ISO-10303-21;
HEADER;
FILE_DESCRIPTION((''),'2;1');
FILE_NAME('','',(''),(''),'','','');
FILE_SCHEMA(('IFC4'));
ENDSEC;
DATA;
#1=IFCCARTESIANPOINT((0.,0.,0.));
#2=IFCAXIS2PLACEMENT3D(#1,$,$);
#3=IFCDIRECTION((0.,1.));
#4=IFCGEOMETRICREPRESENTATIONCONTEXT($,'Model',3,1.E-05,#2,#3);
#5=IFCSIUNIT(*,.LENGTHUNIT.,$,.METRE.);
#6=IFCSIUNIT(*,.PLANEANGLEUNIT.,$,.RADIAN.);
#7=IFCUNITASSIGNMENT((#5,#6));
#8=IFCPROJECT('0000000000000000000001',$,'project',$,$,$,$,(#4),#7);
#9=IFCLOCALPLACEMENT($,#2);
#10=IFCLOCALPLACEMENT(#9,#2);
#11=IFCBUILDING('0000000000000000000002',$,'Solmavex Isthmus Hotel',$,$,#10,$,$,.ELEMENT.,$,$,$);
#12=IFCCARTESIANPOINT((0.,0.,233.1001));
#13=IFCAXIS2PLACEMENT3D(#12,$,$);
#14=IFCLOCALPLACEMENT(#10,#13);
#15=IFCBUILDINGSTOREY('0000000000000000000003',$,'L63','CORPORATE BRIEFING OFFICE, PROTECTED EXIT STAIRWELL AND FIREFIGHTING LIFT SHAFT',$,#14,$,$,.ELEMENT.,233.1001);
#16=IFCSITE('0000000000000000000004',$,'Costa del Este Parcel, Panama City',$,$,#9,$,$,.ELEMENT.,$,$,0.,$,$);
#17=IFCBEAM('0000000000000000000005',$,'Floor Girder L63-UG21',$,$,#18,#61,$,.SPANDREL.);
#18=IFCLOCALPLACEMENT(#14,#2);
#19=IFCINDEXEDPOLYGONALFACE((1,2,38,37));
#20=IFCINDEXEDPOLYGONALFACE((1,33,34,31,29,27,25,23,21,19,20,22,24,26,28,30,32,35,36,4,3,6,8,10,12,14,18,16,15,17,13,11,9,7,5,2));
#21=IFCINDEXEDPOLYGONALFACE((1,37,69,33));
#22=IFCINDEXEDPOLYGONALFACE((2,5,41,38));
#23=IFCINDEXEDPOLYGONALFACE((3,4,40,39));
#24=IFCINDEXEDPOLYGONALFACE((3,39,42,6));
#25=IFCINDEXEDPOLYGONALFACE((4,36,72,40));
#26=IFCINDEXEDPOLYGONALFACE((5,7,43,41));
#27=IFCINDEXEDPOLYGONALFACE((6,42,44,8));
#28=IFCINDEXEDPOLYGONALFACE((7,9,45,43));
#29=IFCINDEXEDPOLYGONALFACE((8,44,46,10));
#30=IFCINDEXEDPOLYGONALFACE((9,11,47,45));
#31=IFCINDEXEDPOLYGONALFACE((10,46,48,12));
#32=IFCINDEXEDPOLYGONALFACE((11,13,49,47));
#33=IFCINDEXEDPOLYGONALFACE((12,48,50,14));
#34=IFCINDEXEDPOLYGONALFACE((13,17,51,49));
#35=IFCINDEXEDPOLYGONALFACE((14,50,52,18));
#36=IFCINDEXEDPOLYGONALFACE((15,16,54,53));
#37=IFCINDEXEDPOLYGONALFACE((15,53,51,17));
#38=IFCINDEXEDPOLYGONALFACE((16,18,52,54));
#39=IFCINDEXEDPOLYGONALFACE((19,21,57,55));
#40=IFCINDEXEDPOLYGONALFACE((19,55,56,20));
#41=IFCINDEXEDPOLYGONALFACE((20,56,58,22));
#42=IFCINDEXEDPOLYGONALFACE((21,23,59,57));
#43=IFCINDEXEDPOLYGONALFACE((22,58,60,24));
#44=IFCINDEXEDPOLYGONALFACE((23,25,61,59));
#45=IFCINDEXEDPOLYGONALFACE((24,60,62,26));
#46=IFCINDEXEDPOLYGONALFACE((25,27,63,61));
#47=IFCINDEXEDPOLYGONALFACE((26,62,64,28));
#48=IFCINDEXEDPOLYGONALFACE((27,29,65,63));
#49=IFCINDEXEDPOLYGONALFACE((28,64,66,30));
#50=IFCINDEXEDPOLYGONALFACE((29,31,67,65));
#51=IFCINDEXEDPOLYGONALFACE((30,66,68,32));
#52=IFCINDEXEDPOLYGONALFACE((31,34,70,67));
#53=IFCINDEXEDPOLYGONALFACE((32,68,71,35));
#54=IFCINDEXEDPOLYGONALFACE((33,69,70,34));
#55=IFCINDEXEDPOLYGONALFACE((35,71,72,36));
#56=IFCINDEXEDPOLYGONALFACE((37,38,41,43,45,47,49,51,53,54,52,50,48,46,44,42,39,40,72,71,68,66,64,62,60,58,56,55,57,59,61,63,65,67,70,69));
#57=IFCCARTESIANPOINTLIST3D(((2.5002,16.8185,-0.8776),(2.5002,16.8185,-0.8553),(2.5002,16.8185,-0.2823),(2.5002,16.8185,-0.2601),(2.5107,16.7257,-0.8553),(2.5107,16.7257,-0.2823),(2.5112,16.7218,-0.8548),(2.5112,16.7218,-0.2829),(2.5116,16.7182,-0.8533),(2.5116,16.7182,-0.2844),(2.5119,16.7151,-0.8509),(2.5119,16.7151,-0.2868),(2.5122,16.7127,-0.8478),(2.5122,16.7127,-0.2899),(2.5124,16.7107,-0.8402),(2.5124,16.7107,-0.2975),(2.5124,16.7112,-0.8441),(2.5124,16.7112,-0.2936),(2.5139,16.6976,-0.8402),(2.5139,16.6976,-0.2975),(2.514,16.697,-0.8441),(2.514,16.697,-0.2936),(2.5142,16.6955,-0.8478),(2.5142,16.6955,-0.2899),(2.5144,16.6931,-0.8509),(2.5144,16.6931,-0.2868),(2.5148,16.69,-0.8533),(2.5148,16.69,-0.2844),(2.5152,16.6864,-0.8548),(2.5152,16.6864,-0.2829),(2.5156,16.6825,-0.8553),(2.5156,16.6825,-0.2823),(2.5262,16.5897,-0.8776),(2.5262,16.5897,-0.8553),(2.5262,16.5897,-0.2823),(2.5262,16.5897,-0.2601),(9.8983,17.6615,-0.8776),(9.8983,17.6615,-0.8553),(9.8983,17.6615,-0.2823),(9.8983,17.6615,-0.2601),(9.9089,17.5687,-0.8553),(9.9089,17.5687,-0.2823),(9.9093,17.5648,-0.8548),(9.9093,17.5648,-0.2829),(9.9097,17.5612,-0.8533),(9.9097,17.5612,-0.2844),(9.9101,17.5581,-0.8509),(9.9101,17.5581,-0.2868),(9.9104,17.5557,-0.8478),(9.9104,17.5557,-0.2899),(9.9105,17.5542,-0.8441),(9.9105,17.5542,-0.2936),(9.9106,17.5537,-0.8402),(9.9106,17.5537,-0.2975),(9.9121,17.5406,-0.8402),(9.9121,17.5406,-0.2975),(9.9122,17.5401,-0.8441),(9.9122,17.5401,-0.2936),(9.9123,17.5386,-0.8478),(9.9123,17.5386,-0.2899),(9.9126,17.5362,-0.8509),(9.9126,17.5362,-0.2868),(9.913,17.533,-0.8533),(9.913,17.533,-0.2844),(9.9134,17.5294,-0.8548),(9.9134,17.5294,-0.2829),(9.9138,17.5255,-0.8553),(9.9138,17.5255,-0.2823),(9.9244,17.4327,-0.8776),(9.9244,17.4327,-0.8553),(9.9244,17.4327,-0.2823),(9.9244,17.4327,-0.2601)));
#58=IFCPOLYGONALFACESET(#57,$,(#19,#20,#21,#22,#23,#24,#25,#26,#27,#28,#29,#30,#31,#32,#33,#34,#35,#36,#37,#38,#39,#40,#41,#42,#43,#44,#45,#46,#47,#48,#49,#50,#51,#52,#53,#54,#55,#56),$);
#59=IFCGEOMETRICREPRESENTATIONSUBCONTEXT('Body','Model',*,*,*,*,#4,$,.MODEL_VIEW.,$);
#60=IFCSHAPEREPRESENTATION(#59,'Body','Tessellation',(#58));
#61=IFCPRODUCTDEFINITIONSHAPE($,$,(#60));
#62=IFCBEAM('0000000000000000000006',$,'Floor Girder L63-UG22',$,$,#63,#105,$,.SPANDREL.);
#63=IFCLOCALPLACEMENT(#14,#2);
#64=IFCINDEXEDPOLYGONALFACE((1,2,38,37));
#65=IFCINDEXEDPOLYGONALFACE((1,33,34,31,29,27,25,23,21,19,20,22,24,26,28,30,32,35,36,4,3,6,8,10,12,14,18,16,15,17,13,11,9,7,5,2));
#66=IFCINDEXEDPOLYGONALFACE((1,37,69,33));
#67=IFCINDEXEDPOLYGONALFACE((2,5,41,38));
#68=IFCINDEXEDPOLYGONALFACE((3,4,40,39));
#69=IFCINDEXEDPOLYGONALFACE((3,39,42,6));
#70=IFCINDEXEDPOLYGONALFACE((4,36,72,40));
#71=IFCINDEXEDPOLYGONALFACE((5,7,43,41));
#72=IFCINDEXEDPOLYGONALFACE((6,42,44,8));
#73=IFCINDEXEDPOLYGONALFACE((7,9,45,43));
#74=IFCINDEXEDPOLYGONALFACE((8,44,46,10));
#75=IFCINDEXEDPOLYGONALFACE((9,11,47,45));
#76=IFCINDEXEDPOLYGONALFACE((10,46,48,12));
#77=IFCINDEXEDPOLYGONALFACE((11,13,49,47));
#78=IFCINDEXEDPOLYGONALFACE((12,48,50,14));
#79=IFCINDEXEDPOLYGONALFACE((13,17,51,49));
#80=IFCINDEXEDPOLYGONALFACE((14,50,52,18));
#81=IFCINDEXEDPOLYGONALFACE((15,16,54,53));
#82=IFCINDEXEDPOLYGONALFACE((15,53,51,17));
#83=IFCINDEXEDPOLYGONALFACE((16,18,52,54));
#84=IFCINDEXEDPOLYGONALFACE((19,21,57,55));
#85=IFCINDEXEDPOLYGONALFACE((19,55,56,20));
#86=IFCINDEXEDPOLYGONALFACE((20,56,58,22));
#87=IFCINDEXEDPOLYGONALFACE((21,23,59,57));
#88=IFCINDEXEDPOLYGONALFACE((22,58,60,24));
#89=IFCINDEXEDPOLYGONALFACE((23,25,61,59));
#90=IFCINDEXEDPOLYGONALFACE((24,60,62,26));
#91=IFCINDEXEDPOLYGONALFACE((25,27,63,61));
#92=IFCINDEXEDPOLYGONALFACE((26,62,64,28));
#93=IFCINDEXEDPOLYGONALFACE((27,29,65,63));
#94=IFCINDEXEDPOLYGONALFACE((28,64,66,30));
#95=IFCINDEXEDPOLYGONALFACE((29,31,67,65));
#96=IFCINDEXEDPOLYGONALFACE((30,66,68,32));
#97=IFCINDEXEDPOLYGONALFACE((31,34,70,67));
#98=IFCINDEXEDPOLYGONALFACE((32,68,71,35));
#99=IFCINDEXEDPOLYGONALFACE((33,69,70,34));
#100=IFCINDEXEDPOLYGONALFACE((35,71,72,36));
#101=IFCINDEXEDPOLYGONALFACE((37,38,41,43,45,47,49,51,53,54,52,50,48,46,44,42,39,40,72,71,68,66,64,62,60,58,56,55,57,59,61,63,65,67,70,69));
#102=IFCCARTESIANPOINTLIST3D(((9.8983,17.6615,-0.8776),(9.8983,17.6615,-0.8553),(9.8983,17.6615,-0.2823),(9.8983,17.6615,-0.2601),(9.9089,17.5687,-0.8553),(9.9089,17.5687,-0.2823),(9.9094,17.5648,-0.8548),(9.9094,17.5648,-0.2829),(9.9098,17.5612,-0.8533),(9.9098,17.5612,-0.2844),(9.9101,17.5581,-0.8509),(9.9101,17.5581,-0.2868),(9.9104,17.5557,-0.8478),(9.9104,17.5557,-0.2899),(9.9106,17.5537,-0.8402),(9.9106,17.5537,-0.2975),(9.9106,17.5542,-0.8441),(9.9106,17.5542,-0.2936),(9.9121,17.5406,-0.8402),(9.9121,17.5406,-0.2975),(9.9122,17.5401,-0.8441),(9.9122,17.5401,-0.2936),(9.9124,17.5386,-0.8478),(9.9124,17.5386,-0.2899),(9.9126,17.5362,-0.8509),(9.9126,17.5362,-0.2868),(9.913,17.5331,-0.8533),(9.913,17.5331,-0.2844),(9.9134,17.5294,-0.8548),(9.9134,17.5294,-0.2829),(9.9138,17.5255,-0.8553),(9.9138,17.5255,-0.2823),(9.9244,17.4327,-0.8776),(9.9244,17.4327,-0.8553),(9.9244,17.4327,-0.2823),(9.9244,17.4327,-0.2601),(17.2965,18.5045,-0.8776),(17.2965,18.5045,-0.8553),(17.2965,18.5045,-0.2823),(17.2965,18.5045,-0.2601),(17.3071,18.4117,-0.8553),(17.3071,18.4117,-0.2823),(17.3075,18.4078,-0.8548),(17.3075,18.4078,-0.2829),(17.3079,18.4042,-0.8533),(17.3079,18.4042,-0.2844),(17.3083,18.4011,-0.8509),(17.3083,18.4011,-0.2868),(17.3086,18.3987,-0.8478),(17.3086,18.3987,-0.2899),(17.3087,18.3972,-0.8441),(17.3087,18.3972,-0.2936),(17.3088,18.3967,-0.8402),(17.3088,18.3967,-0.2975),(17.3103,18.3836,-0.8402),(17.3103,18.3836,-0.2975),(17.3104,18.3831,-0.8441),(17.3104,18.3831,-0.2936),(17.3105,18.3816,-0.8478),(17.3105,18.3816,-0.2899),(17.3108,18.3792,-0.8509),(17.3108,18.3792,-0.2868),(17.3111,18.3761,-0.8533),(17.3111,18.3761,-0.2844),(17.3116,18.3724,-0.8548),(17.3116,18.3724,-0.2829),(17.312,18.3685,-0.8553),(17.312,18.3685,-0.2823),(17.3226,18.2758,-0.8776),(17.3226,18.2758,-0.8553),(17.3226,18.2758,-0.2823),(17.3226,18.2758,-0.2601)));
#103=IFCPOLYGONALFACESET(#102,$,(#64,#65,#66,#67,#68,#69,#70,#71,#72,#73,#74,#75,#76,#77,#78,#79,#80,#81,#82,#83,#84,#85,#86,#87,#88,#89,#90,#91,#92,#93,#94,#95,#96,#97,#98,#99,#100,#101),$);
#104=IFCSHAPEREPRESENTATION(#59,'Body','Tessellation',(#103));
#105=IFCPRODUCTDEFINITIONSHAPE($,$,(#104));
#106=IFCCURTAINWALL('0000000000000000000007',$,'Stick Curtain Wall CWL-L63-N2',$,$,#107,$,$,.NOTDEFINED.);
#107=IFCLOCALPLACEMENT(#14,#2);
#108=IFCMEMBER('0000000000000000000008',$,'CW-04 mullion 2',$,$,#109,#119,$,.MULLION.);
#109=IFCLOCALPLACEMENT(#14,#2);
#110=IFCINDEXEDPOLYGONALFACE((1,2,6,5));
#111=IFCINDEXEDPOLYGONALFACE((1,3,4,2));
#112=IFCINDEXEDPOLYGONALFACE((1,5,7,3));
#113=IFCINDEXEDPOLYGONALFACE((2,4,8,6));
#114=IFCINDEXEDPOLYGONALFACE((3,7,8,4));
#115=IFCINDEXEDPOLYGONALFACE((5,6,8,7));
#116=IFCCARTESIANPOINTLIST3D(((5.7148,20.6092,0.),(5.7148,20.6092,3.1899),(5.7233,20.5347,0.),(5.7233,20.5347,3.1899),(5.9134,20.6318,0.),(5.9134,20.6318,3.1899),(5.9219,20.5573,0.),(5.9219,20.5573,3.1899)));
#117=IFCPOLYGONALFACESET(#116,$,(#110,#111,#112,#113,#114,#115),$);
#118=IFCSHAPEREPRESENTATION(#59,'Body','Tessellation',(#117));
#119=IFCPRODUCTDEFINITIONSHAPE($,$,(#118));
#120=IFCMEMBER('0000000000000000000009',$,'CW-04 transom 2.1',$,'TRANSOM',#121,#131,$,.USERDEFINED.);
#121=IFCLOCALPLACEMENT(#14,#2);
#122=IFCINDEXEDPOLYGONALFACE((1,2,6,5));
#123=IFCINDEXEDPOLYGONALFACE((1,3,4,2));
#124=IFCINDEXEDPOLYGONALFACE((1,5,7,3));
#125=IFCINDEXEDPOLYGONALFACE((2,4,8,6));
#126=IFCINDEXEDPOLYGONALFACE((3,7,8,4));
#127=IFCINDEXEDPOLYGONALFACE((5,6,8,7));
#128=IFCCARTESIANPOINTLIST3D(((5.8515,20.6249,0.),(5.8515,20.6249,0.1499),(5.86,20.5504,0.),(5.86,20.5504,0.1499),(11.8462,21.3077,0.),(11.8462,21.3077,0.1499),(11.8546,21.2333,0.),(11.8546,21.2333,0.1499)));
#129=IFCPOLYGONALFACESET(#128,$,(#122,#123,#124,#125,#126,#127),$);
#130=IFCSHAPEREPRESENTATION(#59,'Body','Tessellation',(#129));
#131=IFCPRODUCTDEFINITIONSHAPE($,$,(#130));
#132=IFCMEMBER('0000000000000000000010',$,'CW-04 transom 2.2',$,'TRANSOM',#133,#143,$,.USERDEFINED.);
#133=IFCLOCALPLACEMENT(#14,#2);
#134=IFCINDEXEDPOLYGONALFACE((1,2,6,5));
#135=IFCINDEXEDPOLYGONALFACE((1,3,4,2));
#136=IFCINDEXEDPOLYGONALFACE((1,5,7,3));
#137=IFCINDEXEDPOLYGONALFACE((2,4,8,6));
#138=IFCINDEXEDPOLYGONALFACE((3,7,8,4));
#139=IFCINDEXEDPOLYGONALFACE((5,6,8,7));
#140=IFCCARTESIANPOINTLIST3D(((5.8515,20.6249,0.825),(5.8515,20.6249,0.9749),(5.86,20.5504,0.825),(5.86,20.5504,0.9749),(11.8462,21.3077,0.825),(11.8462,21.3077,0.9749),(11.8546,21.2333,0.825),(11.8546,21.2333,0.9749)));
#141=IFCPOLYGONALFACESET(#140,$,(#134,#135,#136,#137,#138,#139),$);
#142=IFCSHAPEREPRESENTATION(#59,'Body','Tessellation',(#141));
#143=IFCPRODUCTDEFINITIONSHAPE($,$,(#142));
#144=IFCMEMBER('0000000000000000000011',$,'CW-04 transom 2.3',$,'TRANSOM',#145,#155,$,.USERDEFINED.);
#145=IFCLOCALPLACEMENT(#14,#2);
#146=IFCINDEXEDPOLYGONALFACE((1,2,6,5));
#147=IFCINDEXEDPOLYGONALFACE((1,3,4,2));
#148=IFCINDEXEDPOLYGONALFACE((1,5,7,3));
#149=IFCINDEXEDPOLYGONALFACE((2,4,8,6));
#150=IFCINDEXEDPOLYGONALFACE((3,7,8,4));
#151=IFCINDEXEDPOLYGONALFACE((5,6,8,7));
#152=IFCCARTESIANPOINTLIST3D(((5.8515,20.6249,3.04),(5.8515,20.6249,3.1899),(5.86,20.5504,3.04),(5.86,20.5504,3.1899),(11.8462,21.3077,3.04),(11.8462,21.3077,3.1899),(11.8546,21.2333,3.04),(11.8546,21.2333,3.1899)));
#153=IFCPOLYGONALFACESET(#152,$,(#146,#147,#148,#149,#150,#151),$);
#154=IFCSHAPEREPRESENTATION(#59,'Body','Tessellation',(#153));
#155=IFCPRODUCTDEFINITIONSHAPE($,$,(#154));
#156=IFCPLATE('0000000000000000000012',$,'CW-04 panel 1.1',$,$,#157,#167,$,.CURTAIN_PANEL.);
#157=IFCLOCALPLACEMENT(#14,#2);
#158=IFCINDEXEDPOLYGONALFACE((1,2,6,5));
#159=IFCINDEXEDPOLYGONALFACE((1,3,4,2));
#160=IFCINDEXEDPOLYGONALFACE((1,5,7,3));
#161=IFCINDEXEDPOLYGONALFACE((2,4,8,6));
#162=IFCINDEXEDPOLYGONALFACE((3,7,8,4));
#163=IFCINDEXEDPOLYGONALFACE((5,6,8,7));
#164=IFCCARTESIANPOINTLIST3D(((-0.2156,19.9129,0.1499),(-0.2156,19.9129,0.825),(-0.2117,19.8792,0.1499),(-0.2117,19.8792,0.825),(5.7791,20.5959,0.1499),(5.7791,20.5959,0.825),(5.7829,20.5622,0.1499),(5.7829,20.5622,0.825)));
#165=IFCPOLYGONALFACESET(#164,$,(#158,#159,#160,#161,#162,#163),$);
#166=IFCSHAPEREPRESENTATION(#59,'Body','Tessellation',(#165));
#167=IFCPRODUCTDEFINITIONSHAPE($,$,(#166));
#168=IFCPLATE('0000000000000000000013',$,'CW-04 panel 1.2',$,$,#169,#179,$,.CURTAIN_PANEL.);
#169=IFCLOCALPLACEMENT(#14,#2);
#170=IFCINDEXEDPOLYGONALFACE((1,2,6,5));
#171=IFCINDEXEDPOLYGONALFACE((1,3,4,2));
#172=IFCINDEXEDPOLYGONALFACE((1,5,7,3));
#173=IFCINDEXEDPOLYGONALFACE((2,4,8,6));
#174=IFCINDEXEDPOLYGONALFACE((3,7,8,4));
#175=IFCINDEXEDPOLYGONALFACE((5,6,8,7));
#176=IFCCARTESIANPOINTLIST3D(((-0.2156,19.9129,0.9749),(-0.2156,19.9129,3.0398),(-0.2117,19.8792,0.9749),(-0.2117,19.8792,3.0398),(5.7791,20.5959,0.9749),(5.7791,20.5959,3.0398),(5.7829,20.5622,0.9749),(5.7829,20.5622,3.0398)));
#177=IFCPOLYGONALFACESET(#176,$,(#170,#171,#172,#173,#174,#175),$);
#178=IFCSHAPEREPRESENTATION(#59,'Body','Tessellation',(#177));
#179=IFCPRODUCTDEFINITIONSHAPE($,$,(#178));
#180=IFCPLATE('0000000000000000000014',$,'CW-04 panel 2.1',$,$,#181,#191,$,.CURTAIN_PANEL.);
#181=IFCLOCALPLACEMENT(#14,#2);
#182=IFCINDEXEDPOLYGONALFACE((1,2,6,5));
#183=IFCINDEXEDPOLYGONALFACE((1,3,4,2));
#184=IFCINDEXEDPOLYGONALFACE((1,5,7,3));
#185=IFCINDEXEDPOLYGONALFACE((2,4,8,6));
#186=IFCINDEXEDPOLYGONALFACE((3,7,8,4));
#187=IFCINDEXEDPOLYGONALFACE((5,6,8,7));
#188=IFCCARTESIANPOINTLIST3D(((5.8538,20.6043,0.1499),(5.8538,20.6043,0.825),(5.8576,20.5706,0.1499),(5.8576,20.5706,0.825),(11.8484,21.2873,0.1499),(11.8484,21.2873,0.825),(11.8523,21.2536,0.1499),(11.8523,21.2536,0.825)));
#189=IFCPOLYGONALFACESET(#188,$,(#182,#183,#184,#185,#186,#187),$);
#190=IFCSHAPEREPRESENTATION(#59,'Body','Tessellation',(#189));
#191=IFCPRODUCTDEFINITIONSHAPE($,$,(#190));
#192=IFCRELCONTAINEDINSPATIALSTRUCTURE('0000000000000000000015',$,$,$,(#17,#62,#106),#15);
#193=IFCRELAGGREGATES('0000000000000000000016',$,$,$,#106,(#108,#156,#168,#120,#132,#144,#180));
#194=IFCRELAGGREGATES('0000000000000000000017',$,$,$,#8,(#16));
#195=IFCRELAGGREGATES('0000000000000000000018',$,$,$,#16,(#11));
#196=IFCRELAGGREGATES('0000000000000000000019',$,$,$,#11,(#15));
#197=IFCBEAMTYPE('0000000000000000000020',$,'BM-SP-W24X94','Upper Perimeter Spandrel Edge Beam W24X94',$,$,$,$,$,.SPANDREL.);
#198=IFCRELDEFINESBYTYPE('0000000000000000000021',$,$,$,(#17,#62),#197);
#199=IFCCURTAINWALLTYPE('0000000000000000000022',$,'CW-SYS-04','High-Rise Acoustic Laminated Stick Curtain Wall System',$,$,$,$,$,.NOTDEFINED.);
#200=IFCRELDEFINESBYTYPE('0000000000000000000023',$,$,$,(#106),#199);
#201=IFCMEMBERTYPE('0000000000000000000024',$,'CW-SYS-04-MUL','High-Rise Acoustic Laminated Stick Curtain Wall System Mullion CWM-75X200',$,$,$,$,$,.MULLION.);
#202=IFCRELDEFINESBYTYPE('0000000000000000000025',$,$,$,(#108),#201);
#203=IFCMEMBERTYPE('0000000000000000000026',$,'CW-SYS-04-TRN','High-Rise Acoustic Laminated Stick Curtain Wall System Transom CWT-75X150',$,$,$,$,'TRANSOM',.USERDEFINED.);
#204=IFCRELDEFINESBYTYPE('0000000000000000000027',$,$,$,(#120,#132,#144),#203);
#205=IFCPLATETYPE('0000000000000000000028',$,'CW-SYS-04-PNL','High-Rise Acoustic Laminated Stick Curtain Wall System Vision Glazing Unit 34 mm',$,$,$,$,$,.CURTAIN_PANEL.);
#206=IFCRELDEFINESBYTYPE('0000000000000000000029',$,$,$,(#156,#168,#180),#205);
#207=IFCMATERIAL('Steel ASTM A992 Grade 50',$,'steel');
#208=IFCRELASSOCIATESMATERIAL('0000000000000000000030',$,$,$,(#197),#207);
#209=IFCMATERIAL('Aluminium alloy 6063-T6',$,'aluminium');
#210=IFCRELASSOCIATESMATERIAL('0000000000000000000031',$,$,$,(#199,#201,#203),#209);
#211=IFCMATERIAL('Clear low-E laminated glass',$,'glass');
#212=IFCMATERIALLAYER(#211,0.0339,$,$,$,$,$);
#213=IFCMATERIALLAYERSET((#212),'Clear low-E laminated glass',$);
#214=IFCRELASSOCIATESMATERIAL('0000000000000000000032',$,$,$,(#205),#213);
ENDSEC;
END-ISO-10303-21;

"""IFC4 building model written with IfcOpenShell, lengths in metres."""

from ifc_helpers import new_model, si_unit, direction, frame, origin, origin_2d, place, context, subcontext, project, spatial, rectangle, i_section, extrude, material, layer, layer_set, material_profile, profile_set, type_object, element, aggregate, save


model = new_model("IFC4")

# Units and contexts
model_context = context("Model", 3, precision=1e-05, world=origin(), true_north=direction((0.0, 1.0)))
body_context = subcontext(model_context, "Body", "Model", "MODEL_VIEW")
ifc_project = project(units=[si_unit("LENGTHUNIT", "METRE"), si_unit("PLANEANGLEUNIT", "RADIAN")], contexts=[model_context])

# Site, building, storey
site_placement = place(None, origin())
site = spatial("IfcSite", under=ifc_project, at=site_placement, Name="Costa del Este Parcel, Panama City", CompositionType="ELEMENT", RefElevation=0.0)
building_placement = place(site_placement, origin())
building = spatial("IfcBuilding", under=site, at=building_placement, Name="Solmavex Isthmus Hotel", CompositionType="ELEMENT")
storey_placement = place(building_placement, frame((0.0, 0.0, 233.1001)))
storey = spatial("IfcBuildingStorey", under=building, at=storey_placement, Name="L63", Description="CORPORATE BRIEFING OFFICE, PROTECTED EXIT STAIRWELL AND FIREFIGHTING LIFT SHAFT", CompositionType="ELEMENT", Elevation=233.1001)

# Beams
ifc_material_1 = material(Name="Steel ASTM A992 Grade 50", Category="steel")
ifc_material_profile_1 = material_profile(ifc_material_1, i_section(OverallWidth=0.2302, OverallDepth=0.6174, WebThickness=0.0132, FlangeThickness=0.0222, FilletRadius=0.0151, at=origin_2d()), Name="W24X94")
ifc_profile_set_1 = profile_set([ifc_material_profile_1], Name="Steel ASTM A992 Grade 50")
beam_type_1 = type_object("IfcBeamType", Name="BM-SP-W24X94", Description="Upper Perimeter Spandrel Edge Beam W24X94", PredefinedType="SPANDREL", material=ifc_profile_set_1)
for number, where, z_axis, x_axis, name in (
    (1, (2.5132, 16.7041, -0.5688), (0.99357, 0.113216, 0.0), (-0.113216, 0.99357, 0.0), "Floor Girder L63-UG21"),
    (2, (9.9114, 17.5471, -0.5688), (0.99357, 0.113216, 0.0), (-0.113216, 0.99357, 0.0), "Floor Girder L63-UG22"),
):
    element("IfcBeam", number, at=place(storey_placement, frame(where, z_axis=z_axis, x_axis=x_axis)), inside=storey, type_object=beam_type_1, Name=name, PredefinedType="SPANDREL", context=body_context, shape_type="SweptSolid", body=[
        extrude(i_section(OverallWidth=0.2302, OverallDepth=0.6174, WebThickness=0.0132, FlangeThickness=0.0222, FilletRadius=0.0151, at=origin_2d()), origin(), (0.0, 0.0, 1.0), 7.446),
    ])

# Curtain wall, members, plates
ifc_material_2 = material(Name="Aluminium alloy 6063-T6", Category="aluminium")
curtain_wall_type = type_object("IfcCurtainWallType", Name="CW-SYS-04", Description="High-Rise Acoustic Laminated Stick Curtain Wall System", PredefinedType="NOTDEFINED", material=ifc_material_2)
curtain_wall_placement = place(storey_placement, origin())
curtain_wall = element("IfcCurtainWall", 3, at=curtain_wall_placement, inside=storey, type_object=curtain_wall_type, Name="Stick Curtain Wall CWL-L63-N2", PredefinedType="NOTDEFINED")
ifc_material_profile_2 = material_profile(ifc_material_2, rectangle(XDim=0.075, YDim=0.2, at=origin_2d()), Name="CWM-75X200")
ifc_profile_set_2 = profile_set([ifc_material_profile_2], Name="Aluminium alloy 6063-T6")
member_type_1 = type_object("IfcMemberType", Name="CW-SYS-04-MUL", Description="High-Rise Acoustic Laminated Stick Curtain Wall System Mullion CWM-75X200", PredefinedType="MULLION", material=ifc_profile_set_2)
member_1_placement = place(storey_placement, frame((5.8184, 20.5833, 0.0), z_axis=(0.0, 0.0, 1.0), x_axis=(-0.113203, 0.993572, 0.0)))
member_1 = element("IfcMember", 4, at=member_1_placement, type_object=member_type_1, Name="CW-04 mullion 2", PredefinedType="MULLION", context=body_context, shape_type="SweptSolid", body=[
    extrude(rectangle(XDim=0.075, YDim=0.2, at=origin_2d()), origin(), (0.0, 0.0, 1.0), 3.1899),
])
ifc_material_profile_3 = material_profile(ifc_material_2, rectangle(XDim=0.075, YDim=0.1499, at=origin_2d()), Name="CWT-75X150")
ifc_profile_set_3 = profile_set([ifc_material_profile_3], Name="Aluminium alloy 6063-T6")
member_type_2 = type_object("IfcMemberType", Name="CW-SYS-04-TRN", Description="High-Rise Acoustic Laminated Stick Curtain Wall System Transom CWT-75X150", ElementType="TRANSOM", PredefinedType="USERDEFINED", material=ifc_profile_set_3)
member_2_placement = place(storey_placement, frame((5.8557, 20.5876, 0.075), z_axis=(0.993574, 0.11318, 0.0), x_axis=(-0.11318, 0.993574, 0.0)))
member_2 = element("IfcMember", 5, at=member_2_placement, type_object=member_type_2, Name="CW-04 transom 2.1", ObjectType="TRANSOM", PredefinedType="USERDEFINED", context=body_context, shape_type="SweptSolid", body=[
    extrude(rectangle(XDim=0.075, YDim=0.1499, at=origin_2d()), origin(), (0.0, 0.0, 1.0), 6.0334),
])
member_3_placement = place(storey_placement, frame((5.8557, 20.5876, 0.8999), z_axis=(0.993574, 0.11318, 0.0), x_axis=(-0.11318, 0.993574, 0.0)))
member_3 = element("IfcMember", 6, at=member_3_placement, type_object=member_type_2, Name="CW-04 transom 2.2", ObjectType="TRANSOM", PredefinedType="USERDEFINED", context=body_context, shape_type="SweptSolid", body=[
    extrude(rectangle(XDim=0.075, YDim=0.1499, at=origin_2d()), origin(), (0.0, 0.0, 1.0), 6.0334),
])
member_4_placement = place(storey_placement, frame((5.8557, 20.5876, 3.115), z_axis=(0.993574, 0.11318, 0.0), x_axis=(-0.11318, 0.993574, 0.0)))
member_4 = element("IfcMember", 7, at=member_4_placement, type_object=member_type_2, Name="CW-04 transom 2.3", ObjectType="TRANSOM", PredefinedType="USERDEFINED", context=body_context, shape_type="SweptSolid", body=[
    extrude(rectangle(XDim=0.075, YDim=0.1499, at=origin_2d()), origin(), (0.0, 0.0, 1.0), 6.0334),
])
ifc_material_3 = material(Name="Clear low-E laminated glass", Category="glass")
ifc_layer_1 = layer(ifc_material_3, 0.0339)
ifc_layer_set_1 = layer_set([ifc_layer_1], Name="Clear low-E laminated glass")
plate_type = type_object("IfcPlateType", Name="CW-SYS-04-PNL", Description="High-Rise Acoustic Laminated Stick Curtain Wall System Vision Glazing Unit 34 mm", PredefinedType="CURTAIN_PANEL", material=ifc_layer_set_1)
plate_1_placement = place(storey_placement, frame((2.7837, 20.2375, 0.1499), z_axis=(0.0, 0.0, 1.0), x_axis=(0.993572, 0.113203, 0.0)))
plate_1 = element("IfcPlate", 8, at=plate_1_placement, type_object=plate_type, Name="CW-04 panel 1.1", PredefinedType="CURTAIN_PANEL", context=body_context, shape_type="SweptSolid", body=[
    extrude(rectangle(XDim=6.0334, YDim=0.0339, at=origin_2d()), origin(), (0.0, 0.0, 1.0), 0.675),
])
plate_2_placement = place(storey_placement, frame((2.7837, 20.2375, 0.9749), z_axis=(0.0, 0.0, 1.0), x_axis=(0.993572, 0.113203, 0.0)))
plate_2 = element("IfcPlate", 9, at=plate_2_placement, type_object=plate_type, Name="CW-04 panel 1.2", PredefinedType="CURTAIN_PANEL", context=body_context, shape_type="SweptSolid", body=[
    extrude(rectangle(XDim=6.0334, YDim=0.0339, at=origin_2d()), origin(), (0.0, 0.0, 1.0), 2.0649),
])
plate_3_placement = place(storey_placement, frame((8.853, 20.929, 0.1499), z_axis=(0.0, 0.0, 1.0), x_axis=(0.993572, 0.113203, 0.0)))
plate_3 = element("IfcPlate", 10, at=plate_3_placement, type_object=plate_type, Name="CW-04 panel 2.1", PredefinedType="CURTAIN_PANEL", context=body_context, shape_type="SweptSolid", body=[
    extrude(rectangle(XDim=6.0334, YDim=0.0339, at=origin_2d()), origin(), (0.0, 0.0, 1.0), 0.675),
])
aggregate(curtain_wall, [member_1, plate_1, plate_2, member_2, member_3, member_4, plate_3])

save(model, "model.ifc")
